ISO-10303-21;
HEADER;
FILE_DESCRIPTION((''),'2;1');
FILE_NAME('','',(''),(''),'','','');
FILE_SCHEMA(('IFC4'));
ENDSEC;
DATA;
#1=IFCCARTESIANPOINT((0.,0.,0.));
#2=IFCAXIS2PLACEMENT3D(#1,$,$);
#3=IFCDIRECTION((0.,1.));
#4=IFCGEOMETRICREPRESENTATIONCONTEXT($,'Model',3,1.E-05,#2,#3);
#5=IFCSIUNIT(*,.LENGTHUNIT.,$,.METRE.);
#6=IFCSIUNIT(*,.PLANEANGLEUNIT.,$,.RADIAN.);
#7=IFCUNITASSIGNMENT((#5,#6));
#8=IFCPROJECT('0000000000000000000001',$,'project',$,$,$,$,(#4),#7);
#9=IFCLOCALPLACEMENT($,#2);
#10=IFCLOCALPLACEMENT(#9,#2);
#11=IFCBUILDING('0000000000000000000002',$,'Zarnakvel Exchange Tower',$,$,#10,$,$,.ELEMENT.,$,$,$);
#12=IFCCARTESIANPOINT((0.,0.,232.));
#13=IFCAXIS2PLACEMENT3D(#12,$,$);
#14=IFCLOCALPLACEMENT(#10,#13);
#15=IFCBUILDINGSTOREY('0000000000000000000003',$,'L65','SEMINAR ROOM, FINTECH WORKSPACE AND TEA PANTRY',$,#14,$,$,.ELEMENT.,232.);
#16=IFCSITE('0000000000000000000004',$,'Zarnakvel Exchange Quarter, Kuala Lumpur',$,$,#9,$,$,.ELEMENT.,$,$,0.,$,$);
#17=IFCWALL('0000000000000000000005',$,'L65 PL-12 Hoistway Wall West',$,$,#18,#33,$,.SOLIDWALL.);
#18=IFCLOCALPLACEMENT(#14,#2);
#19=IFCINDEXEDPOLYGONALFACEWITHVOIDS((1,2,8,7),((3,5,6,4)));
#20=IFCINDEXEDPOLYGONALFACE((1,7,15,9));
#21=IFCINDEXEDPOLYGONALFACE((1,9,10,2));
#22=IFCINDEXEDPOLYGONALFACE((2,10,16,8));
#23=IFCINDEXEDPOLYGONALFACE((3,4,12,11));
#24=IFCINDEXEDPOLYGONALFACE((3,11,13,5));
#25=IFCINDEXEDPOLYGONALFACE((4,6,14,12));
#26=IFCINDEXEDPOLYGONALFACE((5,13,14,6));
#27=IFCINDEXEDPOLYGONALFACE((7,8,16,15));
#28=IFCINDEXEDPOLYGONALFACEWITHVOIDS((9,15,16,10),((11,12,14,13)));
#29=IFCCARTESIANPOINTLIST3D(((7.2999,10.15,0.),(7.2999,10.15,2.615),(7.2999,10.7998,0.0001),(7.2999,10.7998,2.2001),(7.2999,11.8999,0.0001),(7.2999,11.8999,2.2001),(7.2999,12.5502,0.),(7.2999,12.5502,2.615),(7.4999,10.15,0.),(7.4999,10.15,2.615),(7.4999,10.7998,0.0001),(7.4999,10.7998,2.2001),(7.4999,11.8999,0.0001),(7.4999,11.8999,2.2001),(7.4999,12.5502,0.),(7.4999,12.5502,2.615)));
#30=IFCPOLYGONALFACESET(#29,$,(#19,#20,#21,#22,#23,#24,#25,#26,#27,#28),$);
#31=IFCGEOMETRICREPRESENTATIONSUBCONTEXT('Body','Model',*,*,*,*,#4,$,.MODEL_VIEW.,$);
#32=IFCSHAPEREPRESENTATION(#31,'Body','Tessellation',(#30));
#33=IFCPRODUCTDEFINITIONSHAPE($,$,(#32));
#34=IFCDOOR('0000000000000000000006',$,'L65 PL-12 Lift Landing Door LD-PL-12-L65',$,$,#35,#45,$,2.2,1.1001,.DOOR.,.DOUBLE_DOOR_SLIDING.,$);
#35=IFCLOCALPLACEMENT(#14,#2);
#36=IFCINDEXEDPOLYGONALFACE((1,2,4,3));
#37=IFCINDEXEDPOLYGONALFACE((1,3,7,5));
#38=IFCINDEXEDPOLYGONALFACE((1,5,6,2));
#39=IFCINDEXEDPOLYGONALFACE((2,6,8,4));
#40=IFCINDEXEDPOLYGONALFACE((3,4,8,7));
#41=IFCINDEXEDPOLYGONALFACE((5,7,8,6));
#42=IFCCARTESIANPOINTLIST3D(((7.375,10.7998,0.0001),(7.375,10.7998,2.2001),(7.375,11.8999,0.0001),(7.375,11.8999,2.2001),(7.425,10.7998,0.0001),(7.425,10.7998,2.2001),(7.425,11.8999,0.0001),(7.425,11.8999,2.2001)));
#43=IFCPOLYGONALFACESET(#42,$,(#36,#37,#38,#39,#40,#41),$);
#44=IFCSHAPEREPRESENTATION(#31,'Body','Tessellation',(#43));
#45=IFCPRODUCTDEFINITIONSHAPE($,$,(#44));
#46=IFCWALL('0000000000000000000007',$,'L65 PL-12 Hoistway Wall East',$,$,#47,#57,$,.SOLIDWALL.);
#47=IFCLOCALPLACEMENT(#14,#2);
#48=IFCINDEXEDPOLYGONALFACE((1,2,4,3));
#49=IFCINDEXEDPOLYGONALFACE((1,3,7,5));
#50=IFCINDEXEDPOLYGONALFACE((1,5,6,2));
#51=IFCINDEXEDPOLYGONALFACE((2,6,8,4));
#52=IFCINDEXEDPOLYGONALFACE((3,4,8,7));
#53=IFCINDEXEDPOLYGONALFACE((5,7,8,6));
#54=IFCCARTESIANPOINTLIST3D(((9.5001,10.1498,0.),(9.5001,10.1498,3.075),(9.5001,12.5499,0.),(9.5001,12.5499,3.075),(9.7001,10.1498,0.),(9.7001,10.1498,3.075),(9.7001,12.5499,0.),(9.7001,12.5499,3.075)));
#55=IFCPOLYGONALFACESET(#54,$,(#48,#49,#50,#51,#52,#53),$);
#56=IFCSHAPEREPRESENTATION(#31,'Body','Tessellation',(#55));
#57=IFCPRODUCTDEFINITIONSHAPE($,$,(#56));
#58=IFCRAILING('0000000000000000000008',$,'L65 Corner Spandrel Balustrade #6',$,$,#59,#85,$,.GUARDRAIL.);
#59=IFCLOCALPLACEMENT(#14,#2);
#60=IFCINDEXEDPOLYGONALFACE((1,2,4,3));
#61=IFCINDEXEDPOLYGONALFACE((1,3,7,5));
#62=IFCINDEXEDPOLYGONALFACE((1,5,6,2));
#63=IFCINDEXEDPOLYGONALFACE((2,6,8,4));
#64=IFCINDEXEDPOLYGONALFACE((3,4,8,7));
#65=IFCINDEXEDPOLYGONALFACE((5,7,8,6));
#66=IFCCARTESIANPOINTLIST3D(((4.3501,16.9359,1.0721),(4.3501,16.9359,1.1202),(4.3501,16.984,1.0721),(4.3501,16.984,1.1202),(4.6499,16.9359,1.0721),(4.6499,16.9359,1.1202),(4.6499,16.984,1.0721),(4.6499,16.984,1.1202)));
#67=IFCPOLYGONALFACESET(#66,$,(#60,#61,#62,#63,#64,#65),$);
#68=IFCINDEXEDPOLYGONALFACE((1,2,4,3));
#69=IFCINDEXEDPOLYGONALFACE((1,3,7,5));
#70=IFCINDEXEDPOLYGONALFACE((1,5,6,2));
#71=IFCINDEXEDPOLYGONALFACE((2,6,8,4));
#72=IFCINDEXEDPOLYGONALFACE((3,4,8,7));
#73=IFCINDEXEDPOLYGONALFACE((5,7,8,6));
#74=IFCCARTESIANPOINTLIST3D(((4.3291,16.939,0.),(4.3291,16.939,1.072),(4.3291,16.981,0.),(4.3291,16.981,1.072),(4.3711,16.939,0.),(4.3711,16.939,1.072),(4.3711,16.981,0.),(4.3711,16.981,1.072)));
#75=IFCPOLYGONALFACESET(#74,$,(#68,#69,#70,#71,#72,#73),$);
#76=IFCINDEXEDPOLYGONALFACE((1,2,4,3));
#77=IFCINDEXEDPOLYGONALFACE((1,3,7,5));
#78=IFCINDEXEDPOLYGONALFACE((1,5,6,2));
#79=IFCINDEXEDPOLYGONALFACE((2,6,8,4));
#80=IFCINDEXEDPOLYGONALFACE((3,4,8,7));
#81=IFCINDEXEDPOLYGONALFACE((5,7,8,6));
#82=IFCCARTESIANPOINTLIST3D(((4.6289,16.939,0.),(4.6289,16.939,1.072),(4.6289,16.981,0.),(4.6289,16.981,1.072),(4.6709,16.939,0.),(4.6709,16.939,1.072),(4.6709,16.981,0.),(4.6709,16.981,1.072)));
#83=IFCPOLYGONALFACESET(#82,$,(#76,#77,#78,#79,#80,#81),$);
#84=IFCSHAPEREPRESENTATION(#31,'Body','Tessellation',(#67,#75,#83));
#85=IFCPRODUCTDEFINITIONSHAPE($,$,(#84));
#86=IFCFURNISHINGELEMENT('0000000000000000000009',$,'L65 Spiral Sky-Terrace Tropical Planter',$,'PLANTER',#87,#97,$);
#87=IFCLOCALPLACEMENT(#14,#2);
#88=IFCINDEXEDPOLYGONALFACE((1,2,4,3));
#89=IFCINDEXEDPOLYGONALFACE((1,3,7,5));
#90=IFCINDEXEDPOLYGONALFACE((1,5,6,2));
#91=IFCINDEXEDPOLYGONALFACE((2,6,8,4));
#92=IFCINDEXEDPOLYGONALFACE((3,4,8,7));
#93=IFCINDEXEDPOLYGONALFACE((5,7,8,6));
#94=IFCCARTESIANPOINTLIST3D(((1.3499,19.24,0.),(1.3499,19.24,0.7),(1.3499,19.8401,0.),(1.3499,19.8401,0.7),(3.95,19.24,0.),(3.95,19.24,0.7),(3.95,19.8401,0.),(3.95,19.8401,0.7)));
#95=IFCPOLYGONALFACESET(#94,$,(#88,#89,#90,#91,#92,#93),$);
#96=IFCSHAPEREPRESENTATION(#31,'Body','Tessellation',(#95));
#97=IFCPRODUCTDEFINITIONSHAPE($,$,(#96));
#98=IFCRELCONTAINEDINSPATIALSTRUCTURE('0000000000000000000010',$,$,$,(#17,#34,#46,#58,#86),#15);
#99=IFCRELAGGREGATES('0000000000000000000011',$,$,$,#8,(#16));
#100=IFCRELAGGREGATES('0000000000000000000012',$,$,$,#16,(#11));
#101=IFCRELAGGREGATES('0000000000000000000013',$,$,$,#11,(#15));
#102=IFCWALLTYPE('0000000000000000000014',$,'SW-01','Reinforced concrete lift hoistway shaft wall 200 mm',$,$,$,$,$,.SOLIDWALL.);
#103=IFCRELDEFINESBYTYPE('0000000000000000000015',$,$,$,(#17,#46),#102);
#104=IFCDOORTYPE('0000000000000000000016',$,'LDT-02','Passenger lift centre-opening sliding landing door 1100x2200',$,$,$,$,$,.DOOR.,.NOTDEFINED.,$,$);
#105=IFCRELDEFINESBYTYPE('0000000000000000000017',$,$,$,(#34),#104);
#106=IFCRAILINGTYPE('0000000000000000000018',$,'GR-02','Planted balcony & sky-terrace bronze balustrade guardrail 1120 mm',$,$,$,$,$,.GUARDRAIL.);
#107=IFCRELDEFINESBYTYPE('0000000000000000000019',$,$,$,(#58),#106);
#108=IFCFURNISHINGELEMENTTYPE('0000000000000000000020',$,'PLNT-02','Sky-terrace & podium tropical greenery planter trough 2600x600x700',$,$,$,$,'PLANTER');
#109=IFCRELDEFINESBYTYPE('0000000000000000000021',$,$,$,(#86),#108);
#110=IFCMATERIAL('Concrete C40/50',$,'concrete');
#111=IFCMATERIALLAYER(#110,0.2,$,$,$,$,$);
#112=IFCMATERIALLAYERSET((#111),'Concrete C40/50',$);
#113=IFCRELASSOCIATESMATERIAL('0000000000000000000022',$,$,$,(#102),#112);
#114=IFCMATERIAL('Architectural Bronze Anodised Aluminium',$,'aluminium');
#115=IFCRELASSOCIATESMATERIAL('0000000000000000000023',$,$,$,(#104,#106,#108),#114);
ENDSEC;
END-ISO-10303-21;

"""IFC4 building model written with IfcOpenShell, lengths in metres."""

from ifc_helpers import new_model, si_unit, direction, frame, frame_2d, origin, origin_2d, place, context, subcontext, project, spatial, rectangle, extrude, source, transform, mapped, material, layer, layer_set, type_object, element, fill, save


model = new_model("IFC4")

# Units and contexts
model_context = context("Model", 3, precision=1e-05, world=origin(), true_north=direction((0.0, 1.0)))
body_context = subcontext(model_context, "Body", "Model", "MODEL_VIEW")
ifc_project = project(units=[si_unit("LENGTHUNIT", "METRE"), si_unit("PLANEANGLEUNIT", "RADIAN")], contexts=[model_context])

# Site, building, storey
site_placement = place(None, origin())
site = spatial("IfcSite", under=ifc_project, at=site_placement, Name="Zarnakvel Exchange Quarter, Kuala Lumpur", CompositionType="ELEMENT", RefElevation=0.0)
building_placement = place(site_placement, origin())
building = spatial("IfcBuilding", under=site, at=building_placement, Name="Zarnakvel Exchange Tower", CompositionType="ELEMENT")
storey_placement = place(building_placement, frame((0.0, 0.0, 232.0)))
storey = spatial("IfcBuildingStorey", under=building, at=storey_placement, Name="L65", Description="SEMINAR ROOM, FINTECH WORKSPACE AND TEA PANTRY", CompositionType="ELEMENT", Elevation=232.0)

# Shared definitions
ifc_material_1 = material(Name="Architectural Bronze Anodised Aluminium", Category="aluminium")

# Shared definitions
ifc_material_2 = material(Name="Concrete C40/50", Category="concrete")
ifc_layer_1 = layer(ifc_material_2, 0.2)
ifc_layer_set_1 = layer_set([ifc_layer_1], Name="Concrete C40/50")
wall_type_1 = type_object("IfcWallType", Name="SW-01", Description="Reinforced concrete lift hoistway shaft wall 200 mm", PredefinedType="SOLIDWALL", material=ifc_layer_set_1)

# Wall, opening, door
wall_1_placement = place(storey_placement, frame((7.3999, 10.1499, 0.0), z_axis=(0.0, 0.0, 1.0), x_axis=(0.0, 1.0, 0.0)))
wall_1 = element("IfcWall", 1, at=wall_1_placement, inside=storey, type_object=wall_type_1, Name="L65 PL-12 Hoistway Wall West", PredefinedType="SOLIDWALL", context=body_context, shape_type="SweptSolid", body=[
    extrude(rectangle(XDim=2.4001, YDim=0.2, at=frame_2d((1.2002, 0.0))), origin(), (0.0, 0.0, 1.0), 2.615),
])
opening_1_placement = place(wall_1_placement, frame((0.6499, 0.0, 0.0)))
opening_1 = element("IfcOpeningElement", 2, at=opening_1_placement, cuts=wall_1, PredefinedType="OPENING", context=body_context, shape_type="SweptSolid", body=[
    extrude(rectangle(XDim=1.1001, YDim=2.2, at=frame_2d((0.55, 1.1001))), frame((0.0, 0.1099, 0.0), z_axis=(0.0, -1.0, 0.0), x_axis=(1.0, 0.0, 0.0)), (0.0, 0.0, 1.0), 0.22),
])
door_type_1 = type_object("IfcDoorType", Name="LDT-02", Description="Passenger lift centre-opening sliding landing door 1100x2200", OperationType="NOTDEFINED", PredefinedType="DOOR", material=ifc_material_1)
shared_shape_1 = source(origin(), body_context, "Body", "SweptSolid", [
    extrude(rectangle(XDim=1.1001, YDim=2.2, at=frame_2d((0.55, 1.1001))), frame((0.0, 0.0249, 0.0), z_axis=(0.0, -1.0, 0.0), x_axis=(1.0, 0.0, 0.0)), (0.0, 0.0, 1.0), 0.05),
])
door_1_placement = place(opening_1_placement, origin())
door_1 = element("IfcDoor", 3, at=door_1_placement, inside=storey, type_object=door_type_1, Name="L65 PL-12 Lift Landing Door LD-PL-12-L65", OperationType="DOUBLE_DOOR_SLIDING", OverallHeight=2.2, OverallWidth=1.1001, PredefinedType="DOOR", context=body_context, shape_type="MappedRepresentation", body=[
    mapped(shared_shape_1, transform((0.0, 0.0, 0.0), x_axis=(1.0, 0.0, 0.0), y_axis=(0.0, 1.0, 0.0), z_axis=(0.0, 0.0, 1.0), scale=1.0)),
])
fill(opening_1, door_1)

# Wall
wall_2_placement = place(storey_placement, frame((9.6001, 12.55, 0.0), z_axis=(0.0, 0.0, 1.0), x_axis=(0.0, -1.0, 0.0)))
element("IfcWall", 4, at=wall_2_placement, inside=storey, type_object=wall_type_1, Name="L65 PL-12 Hoistway Wall East", PredefinedType="SOLIDWALL", context=body_context, shape_type="SweptSolid", body=[
    extrude(rectangle(XDim=2.4001, YDim=0.2, at=frame_2d((1.2002, 0.0))), origin(), (0.0, 0.0, 1.0), 3.075),
])

# Railing
railing_type = type_object("IfcRailingType", Name="GR-02", Description="Planted balcony & sky-terrace bronze balustrade guardrail 1120 mm", PredefinedType="GUARDRAIL", material=ifc_material_1)
railing_placement = place(storey_placement, frame((4.3501, 16.96, 0.0)))
element("IfcRailing", 5, at=railing_placement, inside=storey, type_object=railing_type, Name="L65 Corner Spandrel Balustrade #6", PredefinedType="GUARDRAIL", context=body_context, shape_type="SweptSolid", body=[
    extrude(rectangle(XDim=0.0481, YDim=0.0481, at=origin_2d()), frame((0.0, 0.0, 1.0962), z_axis=(1.0, 0.0, 0.0), x_axis=(0.0, 1.0, 0.0)), (0.0, 0.0, 1.0), 0.2998),
    extrude(rectangle(XDim=0.042, YDim=0.042, at=origin_2d()), origin(), (0.0, 0.0, 1.0), 1.072),
    extrude(rectangle(XDim=0.042, YDim=0.042, at=origin_2d()), frame((0.2998, 0.0, 0.0)), (0.0, 0.0, 1.0), 1.072),
])

# Furnishing element
furnishing_element_type = type_object("IfcFurnishingElementType", Name="PLNT-02", Description="Sky-terrace & podium tropical greenery planter trough 2600x600x700", ElementType="PLANTER", material=ifc_material_1)
shared_shape_2 = source(origin(), body_context, "Body", "SweptSolid", [
    extrude(rectangle(XDim=2.6001, YDim=0.6001, at=origin_2d()), origin(), (0.0, 0.0, 1.0), 0.7),
])
furnishing_placement = place(storey_placement, frame((2.6499, 19.54, 0.0), z_axis=(0.0, 0.0, 1.0), x_axis=(1.0, 0.0, 0.0)))
element("IfcFurnishingElement", 6, at=furnishing_placement, inside=storey, type_object=furnishing_element_type, Name="L65 Spiral Sky-Terrace Tropical Planter", ObjectType="PLANTER", context=body_context, shape_type="MappedRepresentation", body=[
    mapped(shared_shape_2, transform((0.0, 0.0, 0.0), x_axis=(1.0, 0.0, 0.0), y_axis=(0.0, 1.0, 0.0), z_axis=(0.0, 0.0, 1.0), scale=1.0)),
])

save(model, "model.ifc")
